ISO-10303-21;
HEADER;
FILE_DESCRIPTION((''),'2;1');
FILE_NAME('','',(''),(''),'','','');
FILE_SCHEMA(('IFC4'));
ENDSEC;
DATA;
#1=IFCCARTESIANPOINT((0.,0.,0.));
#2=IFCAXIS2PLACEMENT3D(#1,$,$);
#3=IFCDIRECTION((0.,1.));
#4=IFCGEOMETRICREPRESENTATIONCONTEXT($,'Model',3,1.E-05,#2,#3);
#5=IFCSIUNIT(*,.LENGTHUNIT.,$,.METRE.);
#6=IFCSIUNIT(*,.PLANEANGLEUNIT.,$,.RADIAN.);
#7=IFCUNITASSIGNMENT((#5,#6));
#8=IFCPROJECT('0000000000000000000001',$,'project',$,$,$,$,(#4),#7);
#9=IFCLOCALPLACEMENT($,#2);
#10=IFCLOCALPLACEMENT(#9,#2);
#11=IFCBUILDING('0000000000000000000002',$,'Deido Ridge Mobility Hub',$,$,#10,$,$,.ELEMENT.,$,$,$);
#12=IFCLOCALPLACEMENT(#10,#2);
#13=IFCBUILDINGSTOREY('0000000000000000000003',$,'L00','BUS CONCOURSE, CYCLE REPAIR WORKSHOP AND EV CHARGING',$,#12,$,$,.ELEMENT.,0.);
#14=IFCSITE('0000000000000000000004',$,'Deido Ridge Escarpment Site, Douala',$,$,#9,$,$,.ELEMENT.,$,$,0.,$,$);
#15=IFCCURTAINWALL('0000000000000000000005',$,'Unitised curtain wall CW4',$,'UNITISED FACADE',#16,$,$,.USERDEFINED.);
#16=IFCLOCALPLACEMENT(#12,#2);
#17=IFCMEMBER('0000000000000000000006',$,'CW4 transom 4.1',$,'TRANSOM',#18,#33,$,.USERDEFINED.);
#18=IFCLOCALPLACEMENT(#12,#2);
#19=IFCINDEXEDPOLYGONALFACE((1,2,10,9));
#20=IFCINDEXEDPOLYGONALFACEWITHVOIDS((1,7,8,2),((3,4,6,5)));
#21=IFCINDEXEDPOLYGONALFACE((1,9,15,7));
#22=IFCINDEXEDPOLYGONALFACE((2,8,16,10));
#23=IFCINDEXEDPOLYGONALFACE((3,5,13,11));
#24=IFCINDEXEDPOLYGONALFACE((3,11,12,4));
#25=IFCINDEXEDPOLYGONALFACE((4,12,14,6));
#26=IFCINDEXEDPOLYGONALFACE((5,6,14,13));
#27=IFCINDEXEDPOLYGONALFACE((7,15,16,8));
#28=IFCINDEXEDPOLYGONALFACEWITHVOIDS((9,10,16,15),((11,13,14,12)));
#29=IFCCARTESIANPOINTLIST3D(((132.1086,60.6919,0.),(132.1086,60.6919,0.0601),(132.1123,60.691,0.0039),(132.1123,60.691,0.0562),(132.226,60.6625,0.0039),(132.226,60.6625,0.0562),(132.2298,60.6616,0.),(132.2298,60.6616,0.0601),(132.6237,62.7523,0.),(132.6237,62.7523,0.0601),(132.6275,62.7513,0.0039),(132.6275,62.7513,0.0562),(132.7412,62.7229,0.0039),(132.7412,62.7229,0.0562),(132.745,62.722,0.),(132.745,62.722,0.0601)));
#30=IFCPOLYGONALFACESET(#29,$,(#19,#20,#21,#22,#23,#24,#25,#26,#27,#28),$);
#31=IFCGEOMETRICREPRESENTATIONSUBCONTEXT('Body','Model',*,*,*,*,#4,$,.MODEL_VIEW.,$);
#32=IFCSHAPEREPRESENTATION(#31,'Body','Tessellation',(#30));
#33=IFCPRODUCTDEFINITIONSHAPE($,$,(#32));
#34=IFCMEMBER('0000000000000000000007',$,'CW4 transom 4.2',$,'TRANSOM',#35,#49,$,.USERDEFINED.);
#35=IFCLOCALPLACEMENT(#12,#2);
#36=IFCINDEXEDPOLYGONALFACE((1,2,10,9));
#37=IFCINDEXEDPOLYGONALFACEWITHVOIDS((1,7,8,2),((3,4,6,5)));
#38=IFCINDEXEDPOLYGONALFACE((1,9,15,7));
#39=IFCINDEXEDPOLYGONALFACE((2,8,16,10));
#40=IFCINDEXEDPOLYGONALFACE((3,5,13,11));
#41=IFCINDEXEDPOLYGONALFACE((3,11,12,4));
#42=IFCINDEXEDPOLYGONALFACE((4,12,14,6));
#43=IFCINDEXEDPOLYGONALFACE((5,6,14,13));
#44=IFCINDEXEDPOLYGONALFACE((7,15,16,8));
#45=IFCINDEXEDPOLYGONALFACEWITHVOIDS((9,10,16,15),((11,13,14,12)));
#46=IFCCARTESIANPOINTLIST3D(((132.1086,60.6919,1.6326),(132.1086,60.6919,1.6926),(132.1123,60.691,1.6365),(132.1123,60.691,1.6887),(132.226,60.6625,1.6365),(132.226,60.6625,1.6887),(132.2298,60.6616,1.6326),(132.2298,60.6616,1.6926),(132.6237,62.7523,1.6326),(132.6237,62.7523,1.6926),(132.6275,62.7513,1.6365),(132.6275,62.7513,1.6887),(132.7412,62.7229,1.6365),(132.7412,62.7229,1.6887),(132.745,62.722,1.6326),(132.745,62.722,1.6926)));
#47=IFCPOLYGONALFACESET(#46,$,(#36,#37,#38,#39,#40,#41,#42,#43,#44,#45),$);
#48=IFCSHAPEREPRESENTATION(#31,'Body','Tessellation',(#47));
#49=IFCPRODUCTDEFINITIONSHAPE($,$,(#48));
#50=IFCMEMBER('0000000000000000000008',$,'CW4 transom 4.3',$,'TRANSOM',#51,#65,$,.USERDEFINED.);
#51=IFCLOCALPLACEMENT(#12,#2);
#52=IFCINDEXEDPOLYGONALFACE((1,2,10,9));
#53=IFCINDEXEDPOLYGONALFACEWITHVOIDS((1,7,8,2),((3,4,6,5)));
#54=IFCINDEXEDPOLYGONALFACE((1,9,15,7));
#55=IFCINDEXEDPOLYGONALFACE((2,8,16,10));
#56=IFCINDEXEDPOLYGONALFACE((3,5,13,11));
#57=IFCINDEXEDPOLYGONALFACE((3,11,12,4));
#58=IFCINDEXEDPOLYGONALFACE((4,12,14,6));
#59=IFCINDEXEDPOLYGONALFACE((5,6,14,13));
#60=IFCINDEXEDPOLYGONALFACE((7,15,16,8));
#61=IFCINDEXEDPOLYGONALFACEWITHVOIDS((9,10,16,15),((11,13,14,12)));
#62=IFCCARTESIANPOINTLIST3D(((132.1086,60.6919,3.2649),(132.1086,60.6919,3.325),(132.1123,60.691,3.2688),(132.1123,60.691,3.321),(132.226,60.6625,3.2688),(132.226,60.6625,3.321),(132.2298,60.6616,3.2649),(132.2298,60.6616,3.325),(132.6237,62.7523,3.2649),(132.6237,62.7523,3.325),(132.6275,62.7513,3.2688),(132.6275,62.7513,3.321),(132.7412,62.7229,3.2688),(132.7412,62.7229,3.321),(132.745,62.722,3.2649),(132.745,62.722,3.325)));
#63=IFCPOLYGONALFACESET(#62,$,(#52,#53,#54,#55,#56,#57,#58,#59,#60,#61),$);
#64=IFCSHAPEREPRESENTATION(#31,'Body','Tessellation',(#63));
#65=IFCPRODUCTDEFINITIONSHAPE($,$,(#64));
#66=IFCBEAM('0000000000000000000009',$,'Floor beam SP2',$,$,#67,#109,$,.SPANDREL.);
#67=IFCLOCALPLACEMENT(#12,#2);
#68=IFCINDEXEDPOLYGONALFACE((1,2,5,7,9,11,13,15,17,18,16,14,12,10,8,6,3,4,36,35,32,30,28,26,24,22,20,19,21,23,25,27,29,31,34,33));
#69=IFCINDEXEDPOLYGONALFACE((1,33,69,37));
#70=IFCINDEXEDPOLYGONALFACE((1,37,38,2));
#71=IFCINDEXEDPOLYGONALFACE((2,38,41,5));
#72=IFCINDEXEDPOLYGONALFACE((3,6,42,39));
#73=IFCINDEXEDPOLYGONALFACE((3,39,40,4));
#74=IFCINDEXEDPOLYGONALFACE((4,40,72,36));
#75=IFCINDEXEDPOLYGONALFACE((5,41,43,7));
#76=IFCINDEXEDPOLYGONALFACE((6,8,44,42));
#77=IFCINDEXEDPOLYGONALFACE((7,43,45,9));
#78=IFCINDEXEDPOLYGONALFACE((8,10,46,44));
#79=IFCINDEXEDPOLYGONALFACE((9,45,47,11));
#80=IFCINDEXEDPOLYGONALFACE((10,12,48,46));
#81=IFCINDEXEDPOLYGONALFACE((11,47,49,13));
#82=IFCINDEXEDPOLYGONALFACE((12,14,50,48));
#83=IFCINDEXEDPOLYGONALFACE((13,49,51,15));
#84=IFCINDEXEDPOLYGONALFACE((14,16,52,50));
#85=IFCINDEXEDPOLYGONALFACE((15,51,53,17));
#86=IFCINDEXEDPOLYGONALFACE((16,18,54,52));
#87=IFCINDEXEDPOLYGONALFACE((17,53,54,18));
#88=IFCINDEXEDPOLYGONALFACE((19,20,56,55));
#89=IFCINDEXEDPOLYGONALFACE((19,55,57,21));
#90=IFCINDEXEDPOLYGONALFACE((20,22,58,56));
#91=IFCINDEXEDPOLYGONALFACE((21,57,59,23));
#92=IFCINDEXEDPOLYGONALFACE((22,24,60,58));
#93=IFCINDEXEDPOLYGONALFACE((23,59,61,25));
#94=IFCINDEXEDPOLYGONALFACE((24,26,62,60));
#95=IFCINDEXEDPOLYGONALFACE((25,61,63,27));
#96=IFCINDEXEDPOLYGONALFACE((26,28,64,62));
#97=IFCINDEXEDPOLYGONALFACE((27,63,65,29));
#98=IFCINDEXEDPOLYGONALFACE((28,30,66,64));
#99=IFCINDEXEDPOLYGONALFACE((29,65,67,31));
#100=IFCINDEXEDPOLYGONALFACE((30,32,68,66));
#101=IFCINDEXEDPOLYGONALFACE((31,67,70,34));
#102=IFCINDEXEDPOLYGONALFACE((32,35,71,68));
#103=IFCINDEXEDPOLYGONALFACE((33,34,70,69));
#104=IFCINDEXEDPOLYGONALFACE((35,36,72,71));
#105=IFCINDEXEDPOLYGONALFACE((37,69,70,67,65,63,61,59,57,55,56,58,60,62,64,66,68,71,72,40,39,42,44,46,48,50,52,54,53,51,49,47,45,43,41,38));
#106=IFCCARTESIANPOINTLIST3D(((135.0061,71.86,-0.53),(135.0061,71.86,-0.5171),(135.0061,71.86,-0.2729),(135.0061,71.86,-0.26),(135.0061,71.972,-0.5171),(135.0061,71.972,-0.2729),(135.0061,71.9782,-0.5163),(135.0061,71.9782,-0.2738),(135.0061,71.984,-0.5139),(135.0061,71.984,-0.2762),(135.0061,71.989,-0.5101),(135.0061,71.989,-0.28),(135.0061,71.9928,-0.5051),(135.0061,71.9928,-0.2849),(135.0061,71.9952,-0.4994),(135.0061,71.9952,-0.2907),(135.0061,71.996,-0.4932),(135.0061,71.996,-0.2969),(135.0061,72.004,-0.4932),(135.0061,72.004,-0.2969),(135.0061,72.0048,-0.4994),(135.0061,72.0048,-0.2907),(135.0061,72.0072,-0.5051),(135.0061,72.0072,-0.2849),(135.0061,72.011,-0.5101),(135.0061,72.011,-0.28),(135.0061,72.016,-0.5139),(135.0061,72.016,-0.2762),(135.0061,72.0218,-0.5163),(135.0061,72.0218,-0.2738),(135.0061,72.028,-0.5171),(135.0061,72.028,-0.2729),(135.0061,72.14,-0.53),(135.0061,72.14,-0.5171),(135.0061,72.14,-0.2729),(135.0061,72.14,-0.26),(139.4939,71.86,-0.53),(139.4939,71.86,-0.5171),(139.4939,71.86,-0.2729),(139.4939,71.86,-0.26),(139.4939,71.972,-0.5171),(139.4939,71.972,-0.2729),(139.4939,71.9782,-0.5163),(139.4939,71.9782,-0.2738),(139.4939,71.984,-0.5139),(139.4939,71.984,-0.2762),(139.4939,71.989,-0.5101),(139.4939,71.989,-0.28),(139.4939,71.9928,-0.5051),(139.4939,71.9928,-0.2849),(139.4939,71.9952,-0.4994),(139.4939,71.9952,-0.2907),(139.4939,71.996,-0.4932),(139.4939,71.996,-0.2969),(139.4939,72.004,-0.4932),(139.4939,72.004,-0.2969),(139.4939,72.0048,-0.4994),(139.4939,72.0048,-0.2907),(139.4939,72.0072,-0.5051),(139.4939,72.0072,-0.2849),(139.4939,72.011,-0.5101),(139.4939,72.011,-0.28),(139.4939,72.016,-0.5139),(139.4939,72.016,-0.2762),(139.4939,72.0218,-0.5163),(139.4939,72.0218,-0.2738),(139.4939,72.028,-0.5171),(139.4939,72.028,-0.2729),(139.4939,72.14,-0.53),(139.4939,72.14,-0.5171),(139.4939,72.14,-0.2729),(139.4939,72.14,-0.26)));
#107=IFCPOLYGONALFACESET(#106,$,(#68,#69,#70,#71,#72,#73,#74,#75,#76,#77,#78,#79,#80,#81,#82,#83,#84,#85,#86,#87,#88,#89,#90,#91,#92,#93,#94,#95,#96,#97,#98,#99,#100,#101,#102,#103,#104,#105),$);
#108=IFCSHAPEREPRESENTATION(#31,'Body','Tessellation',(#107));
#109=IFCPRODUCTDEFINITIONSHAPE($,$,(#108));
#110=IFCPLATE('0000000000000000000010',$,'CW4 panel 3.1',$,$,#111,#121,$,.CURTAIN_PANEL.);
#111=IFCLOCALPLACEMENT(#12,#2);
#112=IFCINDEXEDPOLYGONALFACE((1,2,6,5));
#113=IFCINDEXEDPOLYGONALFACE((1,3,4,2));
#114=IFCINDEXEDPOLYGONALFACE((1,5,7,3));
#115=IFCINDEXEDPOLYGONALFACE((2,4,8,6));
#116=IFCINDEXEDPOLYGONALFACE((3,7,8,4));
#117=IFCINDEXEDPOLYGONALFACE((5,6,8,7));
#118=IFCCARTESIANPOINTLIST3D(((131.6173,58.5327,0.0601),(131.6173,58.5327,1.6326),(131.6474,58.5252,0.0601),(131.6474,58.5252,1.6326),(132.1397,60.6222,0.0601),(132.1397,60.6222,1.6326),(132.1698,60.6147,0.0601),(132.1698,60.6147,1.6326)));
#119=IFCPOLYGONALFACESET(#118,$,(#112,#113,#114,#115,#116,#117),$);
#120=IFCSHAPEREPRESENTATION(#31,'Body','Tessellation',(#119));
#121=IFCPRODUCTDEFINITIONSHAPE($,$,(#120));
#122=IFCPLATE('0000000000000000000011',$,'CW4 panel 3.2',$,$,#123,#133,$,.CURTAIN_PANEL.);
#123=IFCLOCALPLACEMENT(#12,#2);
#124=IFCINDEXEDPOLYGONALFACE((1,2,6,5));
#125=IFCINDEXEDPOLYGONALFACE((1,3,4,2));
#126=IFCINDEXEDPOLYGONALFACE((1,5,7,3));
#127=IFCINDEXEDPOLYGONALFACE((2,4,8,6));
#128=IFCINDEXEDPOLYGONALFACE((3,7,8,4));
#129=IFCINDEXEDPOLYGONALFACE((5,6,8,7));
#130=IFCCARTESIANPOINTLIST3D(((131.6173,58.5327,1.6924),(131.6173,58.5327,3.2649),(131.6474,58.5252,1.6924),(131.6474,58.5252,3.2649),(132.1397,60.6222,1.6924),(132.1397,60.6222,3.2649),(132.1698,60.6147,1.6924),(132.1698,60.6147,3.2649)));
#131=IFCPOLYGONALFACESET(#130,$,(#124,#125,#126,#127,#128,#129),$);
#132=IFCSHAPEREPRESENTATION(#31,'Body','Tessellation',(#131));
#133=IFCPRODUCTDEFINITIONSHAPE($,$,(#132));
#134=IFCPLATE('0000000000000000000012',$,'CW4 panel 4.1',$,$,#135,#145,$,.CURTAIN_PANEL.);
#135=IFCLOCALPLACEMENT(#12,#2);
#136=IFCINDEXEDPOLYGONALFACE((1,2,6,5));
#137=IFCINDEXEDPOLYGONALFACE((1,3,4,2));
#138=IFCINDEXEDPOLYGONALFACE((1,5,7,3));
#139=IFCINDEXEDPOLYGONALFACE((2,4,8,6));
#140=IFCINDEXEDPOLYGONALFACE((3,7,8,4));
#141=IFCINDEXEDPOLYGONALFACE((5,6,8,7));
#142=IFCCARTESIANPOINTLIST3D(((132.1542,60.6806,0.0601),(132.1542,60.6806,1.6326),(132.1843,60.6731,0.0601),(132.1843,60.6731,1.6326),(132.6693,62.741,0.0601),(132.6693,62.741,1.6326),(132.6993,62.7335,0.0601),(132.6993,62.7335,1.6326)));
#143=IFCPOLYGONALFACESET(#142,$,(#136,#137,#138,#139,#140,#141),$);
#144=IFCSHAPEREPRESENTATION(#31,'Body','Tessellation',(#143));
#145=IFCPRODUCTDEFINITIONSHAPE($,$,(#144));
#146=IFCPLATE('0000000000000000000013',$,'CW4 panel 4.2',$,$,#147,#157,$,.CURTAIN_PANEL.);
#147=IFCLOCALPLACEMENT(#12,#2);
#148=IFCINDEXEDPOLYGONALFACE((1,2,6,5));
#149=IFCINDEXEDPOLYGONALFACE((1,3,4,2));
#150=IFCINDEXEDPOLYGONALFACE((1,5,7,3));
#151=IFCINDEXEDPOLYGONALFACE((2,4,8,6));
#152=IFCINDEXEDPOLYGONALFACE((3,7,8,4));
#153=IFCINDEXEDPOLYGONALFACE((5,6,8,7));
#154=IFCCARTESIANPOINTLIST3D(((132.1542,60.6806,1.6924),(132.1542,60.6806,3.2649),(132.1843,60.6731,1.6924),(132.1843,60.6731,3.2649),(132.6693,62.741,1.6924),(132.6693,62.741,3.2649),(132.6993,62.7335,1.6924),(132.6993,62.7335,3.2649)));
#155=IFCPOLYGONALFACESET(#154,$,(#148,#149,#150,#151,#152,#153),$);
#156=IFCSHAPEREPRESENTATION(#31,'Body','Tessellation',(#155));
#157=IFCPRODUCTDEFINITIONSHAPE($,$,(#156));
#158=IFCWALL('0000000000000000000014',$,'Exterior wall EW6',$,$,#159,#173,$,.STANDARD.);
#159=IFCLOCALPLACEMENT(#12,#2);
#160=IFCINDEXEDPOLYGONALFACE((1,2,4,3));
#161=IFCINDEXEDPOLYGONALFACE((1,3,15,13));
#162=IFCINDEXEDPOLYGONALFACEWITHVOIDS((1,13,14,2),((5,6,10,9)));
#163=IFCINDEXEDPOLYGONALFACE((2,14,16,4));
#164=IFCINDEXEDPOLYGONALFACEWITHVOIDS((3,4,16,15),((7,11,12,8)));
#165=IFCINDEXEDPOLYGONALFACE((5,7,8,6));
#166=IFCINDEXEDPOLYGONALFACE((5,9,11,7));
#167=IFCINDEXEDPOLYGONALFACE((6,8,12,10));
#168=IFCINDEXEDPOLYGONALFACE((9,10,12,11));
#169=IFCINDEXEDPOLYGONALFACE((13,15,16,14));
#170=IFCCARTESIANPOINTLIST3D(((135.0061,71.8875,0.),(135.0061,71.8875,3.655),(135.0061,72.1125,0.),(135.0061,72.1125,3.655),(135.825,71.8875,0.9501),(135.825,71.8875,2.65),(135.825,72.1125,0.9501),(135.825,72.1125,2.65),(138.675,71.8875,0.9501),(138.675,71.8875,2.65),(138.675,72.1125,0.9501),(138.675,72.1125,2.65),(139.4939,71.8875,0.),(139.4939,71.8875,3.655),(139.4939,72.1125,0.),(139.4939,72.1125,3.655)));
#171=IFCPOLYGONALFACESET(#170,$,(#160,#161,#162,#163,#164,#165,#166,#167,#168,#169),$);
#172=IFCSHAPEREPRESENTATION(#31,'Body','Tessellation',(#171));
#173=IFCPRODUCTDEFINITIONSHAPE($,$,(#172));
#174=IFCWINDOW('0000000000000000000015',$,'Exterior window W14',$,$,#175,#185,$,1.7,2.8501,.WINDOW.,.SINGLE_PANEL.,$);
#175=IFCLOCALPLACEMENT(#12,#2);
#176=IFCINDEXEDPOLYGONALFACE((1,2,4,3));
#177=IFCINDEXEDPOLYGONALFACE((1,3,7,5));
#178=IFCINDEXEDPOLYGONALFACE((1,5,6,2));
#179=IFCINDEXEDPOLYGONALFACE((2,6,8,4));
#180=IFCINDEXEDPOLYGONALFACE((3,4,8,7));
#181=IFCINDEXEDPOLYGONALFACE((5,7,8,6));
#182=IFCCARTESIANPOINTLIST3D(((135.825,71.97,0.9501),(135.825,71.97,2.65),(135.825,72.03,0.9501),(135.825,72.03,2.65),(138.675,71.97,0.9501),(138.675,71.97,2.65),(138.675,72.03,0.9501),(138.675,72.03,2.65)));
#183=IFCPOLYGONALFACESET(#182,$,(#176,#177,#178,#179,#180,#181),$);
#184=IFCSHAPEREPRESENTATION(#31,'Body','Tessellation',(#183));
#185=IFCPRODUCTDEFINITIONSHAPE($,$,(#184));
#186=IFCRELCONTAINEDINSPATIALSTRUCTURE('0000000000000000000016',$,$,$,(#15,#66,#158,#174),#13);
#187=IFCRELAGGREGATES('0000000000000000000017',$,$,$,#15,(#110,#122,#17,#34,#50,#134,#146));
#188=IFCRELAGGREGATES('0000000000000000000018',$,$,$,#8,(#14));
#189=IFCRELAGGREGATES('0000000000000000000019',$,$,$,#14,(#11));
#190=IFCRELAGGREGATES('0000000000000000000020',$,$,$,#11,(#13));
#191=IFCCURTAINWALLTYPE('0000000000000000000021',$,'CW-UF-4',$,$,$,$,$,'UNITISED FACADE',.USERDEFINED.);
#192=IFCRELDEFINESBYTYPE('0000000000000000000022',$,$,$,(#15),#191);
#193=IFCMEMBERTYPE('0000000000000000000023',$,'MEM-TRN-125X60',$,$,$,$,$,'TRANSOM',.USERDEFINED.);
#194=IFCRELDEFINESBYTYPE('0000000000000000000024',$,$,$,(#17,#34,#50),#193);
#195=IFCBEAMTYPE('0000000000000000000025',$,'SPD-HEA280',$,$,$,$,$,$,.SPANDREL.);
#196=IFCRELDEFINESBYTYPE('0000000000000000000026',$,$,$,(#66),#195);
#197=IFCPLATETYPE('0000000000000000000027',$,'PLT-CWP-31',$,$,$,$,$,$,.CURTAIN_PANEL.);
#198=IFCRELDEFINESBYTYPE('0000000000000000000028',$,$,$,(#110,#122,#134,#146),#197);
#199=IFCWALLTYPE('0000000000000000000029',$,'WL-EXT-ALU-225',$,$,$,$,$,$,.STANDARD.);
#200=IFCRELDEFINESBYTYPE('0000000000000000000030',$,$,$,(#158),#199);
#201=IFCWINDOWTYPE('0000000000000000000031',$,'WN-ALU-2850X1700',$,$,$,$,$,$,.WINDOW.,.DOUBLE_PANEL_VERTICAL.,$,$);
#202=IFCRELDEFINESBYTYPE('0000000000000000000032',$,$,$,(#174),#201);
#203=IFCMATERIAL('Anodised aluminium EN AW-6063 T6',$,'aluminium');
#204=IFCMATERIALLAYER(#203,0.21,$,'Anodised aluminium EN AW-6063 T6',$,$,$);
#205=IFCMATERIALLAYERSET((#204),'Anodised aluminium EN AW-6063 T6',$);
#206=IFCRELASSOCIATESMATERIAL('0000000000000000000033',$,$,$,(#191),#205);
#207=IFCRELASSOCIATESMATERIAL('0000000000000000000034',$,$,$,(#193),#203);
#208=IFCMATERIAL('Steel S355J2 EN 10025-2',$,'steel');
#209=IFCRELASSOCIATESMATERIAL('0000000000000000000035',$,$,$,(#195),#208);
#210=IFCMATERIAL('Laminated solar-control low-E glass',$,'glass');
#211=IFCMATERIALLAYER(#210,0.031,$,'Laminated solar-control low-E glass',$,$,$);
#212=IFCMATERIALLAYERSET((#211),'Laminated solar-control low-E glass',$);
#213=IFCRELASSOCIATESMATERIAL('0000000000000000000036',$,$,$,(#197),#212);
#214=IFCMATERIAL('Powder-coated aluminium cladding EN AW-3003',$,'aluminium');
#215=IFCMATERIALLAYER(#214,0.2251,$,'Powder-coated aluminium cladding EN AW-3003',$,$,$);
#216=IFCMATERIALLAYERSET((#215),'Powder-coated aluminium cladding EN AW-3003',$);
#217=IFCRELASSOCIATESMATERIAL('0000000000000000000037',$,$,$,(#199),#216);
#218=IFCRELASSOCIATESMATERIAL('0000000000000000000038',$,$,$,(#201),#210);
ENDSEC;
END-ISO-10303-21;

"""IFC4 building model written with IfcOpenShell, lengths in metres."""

from ifc_helpers import new_model, si_unit, direction, frame, frame_2d, origin, origin_2d, place, context, subcontext, project, spatial, rectangle, hollow_rectangle, i_section, extrude, material, layer, layer_set, material_profile, profile_set, type_object, element, fill, aggregate, save


model = new_model("IFC4")

# Units and contexts
model_context = context("Model", 3, precision=1e-05, world=origin(), true_north=direction((0.0, 1.0)))
body_context = subcontext(model_context, "Body", "Model", "MODEL_VIEW")
ifc_project = project(units=[si_unit("LENGTHUNIT", "METRE"), si_unit("PLANEANGLEUNIT", "RADIAN")], contexts=[model_context])

# Site, building, storey
site_placement = place(None, origin())
site = spatial("IfcSite", under=ifc_project, at=site_placement, Name="Deido Ridge Escarpment Site, Douala", CompositionType="ELEMENT", RefElevation=0.0)
building_placement = place(site_placement, origin())
building = spatial("IfcBuilding", under=site, at=building_placement, Name="Deido Ridge Mobility Hub", CompositionType="ELEMENT")
storey_placement = place(building_placement, origin())
storey = spatial("IfcBuildingStorey", under=building, at=storey_placement, Name="L00", Description="BUS CONCOURSE, CYCLE REPAIR WORKSHOP AND EV CHARGING", CompositionType="ELEMENT", Elevation=0.0)

# Shared definitions
ifc_material_1 = material(Name="Steel S355J2 EN 10025-2", Category="steel")

# Curtain wall, members
ifc_material_2 = material(Name="Anodised aluminium EN AW-6063 T6", Category="aluminium")
ifc_layer_1 = layer(ifc_material_2, 0.21, Name="Anodised aluminium EN AW-6063 T6")
ifc_layer_set_1 = layer_set([ifc_layer_1], Name="Anodised aluminium EN AW-6063 T6")
curtain_wall_type = type_object("IfcCurtainWallType", Name="CW-UF-4", ElementType="UNITISED FACADE", PredefinedType="USERDEFINED", material=ifc_layer_set_1)
curtain_wall_placement = place(storey_placement, origin())
curtain_wall = element("IfcCurtainWall", 1, at=curtain_wall_placement, inside=storey, type_object=curtain_wall_type, Name="Unitised curtain wall CW4", ObjectType="UNITISED FACADE", PredefinedType="USERDEFINED")
ifc_material_profile_1 = material_profile(ifc_material_2, hollow_rectangle(XDim=0.125, YDim=0.0601, WallThickness=0.0039, at=origin_2d()), Name="RHS 125x60x4")
ifc_profile_set_1 = profile_set([ifc_material_profile_1], Name="Anodised aluminium EN AW-6063 T6")
member_type_1 = type_object("IfcMemberType", Name="MEM-TRN-125X60", ElementType="TRANSOM", PredefinedType="USERDEFINED", material=ifc_profile_set_1)
member_1_placement = place(storey_placement, frame((132.1692, 60.6768, 0.03), z_axis=(0.242563, 0.970136, 0.0), x_axis=(-0.970136, 0.242563, 0.0)))
member_1 = element("IfcMember", 2, at=member_1_placement, type_object=member_type_1, Name="CW4 transom 4.1", ObjectType="TRANSOM", PredefinedType="USERDEFINED", context=body_context, shape_type="SweptSolid", body=[
    extrude(hollow_rectangle(XDim=0.125, YDim=0.0601, WallThickness=0.0039, at=origin_2d()), origin(), (0.0, 0.0, 1.0), 2.1238),
])
member_2_placement = place(storey_placement, frame((132.1692, 60.6768, 1.6626), z_axis=(0.242563, 0.970136, 0.0), x_axis=(-0.970136, 0.242563, 0.0)))
member_2 = element("IfcMember", 3, at=member_2_placement, type_object=member_type_1, Name="CW4 transom 4.2", ObjectType="TRANSOM", PredefinedType="USERDEFINED", context=body_context, shape_type="SweptSolid", body=[
    extrude(hollow_rectangle(XDim=0.125, YDim=0.0601, WallThickness=0.0039, at=origin_2d()), origin(), (0.0, 0.0, 1.0), 2.1238),
])
member_3_placement = place(storey_placement, frame((132.1692, 60.6768, 3.2949), z_axis=(0.242563, 0.970136, 0.0), x_axis=(-0.970136, 0.242563, 0.0)))
member_3 = element("IfcMember", 4, at=member_3_placement, type_object=member_type_1, Name="CW4 transom 4.3", ObjectType="TRANSOM", PredefinedType="USERDEFINED", context=body_context, shape_type="SweptSolid", body=[
    extrude(hollow_rectangle(XDim=0.125, YDim=0.0601, WallThickness=0.0039, at=origin_2d()), origin(), (0.0, 0.0, 1.0), 2.1238),
])

# Beam
ifc_material_profile_2 = material_profile(ifc_material_1, i_section(OverallWidth=0.28, OverallDepth=0.27, WebThickness=0.0081, FlangeThickness=0.0129, FilletRadius=0.0239, at=origin_2d()), Name="HEA 280")
ifc_profile_set_2 = profile_set([ifc_material_profile_2], Name="Steel S355J2 EN 10025-2")
beam_type_1 = type_object("IfcBeamType", Name="SPD-HEA280", PredefinedType="SPANDREL", material=ifc_profile_set_2)
beam_1_placement = place(storey_placement, frame((135.0061, 72.0, -0.395), z_axis=(1.0, 0.0, 0.0), x_axis=(0.0, 1.0, 0.0)))
element("IfcBeam", 5, at=beam_1_placement, inside=storey, type_object=beam_type_1, Name="Floor beam SP2", PredefinedType="SPANDREL", context=body_context, shape_type="SweptSolid", body=[
    extrude(i_section(OverallWidth=0.28, OverallDepth=0.27, WebThickness=0.0081, FlangeThickness=0.0129, FilletRadius=0.0239, at=origin_2d()), origin(), (0.0, 0.0, 1.0), 4.4878),
])

# Plates
ifc_material_3 = material(Name="Laminated solar-control low-E glass", Category="glass")
ifc_layer_2 = layer(ifc_material_3, 0.031, Name="Laminated solar-control low-E glass")
ifc_layer_set_2 = layer_set([ifc_layer_2], Name="Laminated solar-control low-E glass")
plate_type = type_object("IfcPlateType", Name="PLT-CWP-31", PredefinedType="CURTAIN_PANEL", material=ifc_layer_set_2)
plate_1_placement = place(storey_placement, frame((131.8936, 59.5737, 0.0601), z_axis=(0.0, 0.0, 1.0), x_axis=(0.24253, 0.970144, 0.0)))
plate_1 = element("IfcPlate", 6, at=plate_1_placement, type_object=plate_type, Name="CW4 panel 3.1", PredefinedType="CURTAIN_PANEL", context=body_context, shape_type="SweptSolid", body=[
    extrude(rectangle(XDim=2.1538, YDim=0.031, at=origin_2d()), origin(), (0.0, 0.0, 1.0), 1.5725),
])
plate_2_placement = place(storey_placement, frame((131.8936, 59.5737, 1.6924), z_axis=(0.0, 0.0, 1.0), x_axis=(0.24253, 0.970144, 0.0)))
plate_2 = element("IfcPlate", 7, at=plate_2_placement, type_object=plate_type, Name="CW4 panel 3.2", PredefinedType="CURTAIN_PANEL", context=body_context, shape_type="SweptSolid", body=[
    extrude(rectangle(XDim=2.1538, YDim=0.031, at=origin_2d()), origin(), (0.0, 0.0, 1.0), 1.5725),
])
plate_3_placement = place(storey_placement, frame((132.4268, 61.707, 0.0601), z_axis=(0.0, 0.0, 1.0), x_axis=(0.24253, 0.970144, 0.0)))
plate_3 = element("IfcPlate", 8, at=plate_3_placement, type_object=plate_type, Name="CW4 panel 4.1", PredefinedType="CURTAIN_PANEL", context=body_context, shape_type="SweptSolid", body=[
    extrude(rectangle(XDim=2.1238, YDim=0.031, at=origin_2d()), origin(), (0.0, 0.0, 1.0), 1.5725),
])
plate_4_placement = place(storey_placement, frame((132.4268, 61.707, 1.6924), z_axis=(0.0, 0.0, 1.0), x_axis=(0.24253, 0.970144, 0.0)))
plate_4 = element("IfcPlate", 9, at=plate_4_placement, type_object=plate_type, Name="CW4 panel 4.2", PredefinedType="CURTAIN_PANEL", context=body_context, shape_type="SweptSolid", body=[
    extrude(rectangle(XDim=2.1238, YDim=0.031, at=origin_2d()), origin(), (0.0, 0.0, 1.0), 1.5725),
])
aggregate(curtain_wall, [plate_1, plate_2, member_1, member_2, member_3, plate_3, plate_4])

# Wall, opening, window
ifc_material_4 = material(Name="Powder-coated aluminium cladding EN AW-3003", Category="aluminium")
ifc_layer_3 = layer(ifc_material_4, 0.2251, Name="Powder-coated aluminium cladding EN AW-3003")
ifc_layer_set_3 = layer_set([ifc_layer_3], Name="Powder-coated aluminium cladding EN AW-3003")
wall_type_1 = type_object("IfcWallType", Name="WL-EXT-ALU-225", PredefinedType="STANDARD", material=ifc_layer_set_3)
wall_1_placement = place(storey_placement, frame((135.0061, 72.0, 0.0), z_axis=(0.0, 0.0, 1.0), x_axis=(1.0, 0.0, 0.0)))
wall_1 = element("IfcWall", 10, at=wall_1_placement, inside=storey, type_object=wall_type_1, Name="Exterior wall EW6", PredefinedType="STANDARD", context=body_context, shape_type="SweptSolid", body=[
    extrude(rectangle(XDim=4.4878, YDim=0.2251, at=frame_2d((2.2439, 0.0))), origin(), (0.0, 0.0, 1.0), 3.655),
])
opening_1_placement = place(wall_1_placement, frame((0.8188, 0.0, 0.95)))
opening_1 = element("IfcOpeningElement", 11, at=opening_1_placement, cuts=wall_1, PredefinedType="OPENING", context=body_context, shape_type="SweptSolid", body=[
    extrude(rectangle(XDim=2.8501, YDim=1.7, at=frame_2d((1.425, 0.8501))), frame((0.0, 0.1226, 0.0), z_axis=(0.0, -1.0, 0.0), x_axis=(1.0, 0.0, 0.0)), (0.0, 0.0, 1.0), 0.2451),
])
window_type_1 = type_object("IfcWindowType", Name="WN-ALU-2850X1700", PartitioningType="DOUBLE_PANEL_VERTICAL", PredefinedType="WINDOW", material=ifc_material_3)
window_1_placement = place(opening_1_placement, origin())
window_1 = element("IfcWindow", 12, at=window_1_placement, inside=storey, type_object=window_type_1, Name="Exterior window W14", OverallHeight=1.7, OverallWidth=2.8501, PartitioningType="SINGLE_PANEL", PredefinedType="WINDOW", context=body_context, shape_type="SweptSolid", body=[
    extrude(rectangle(XDim=2.8501, YDim=1.7, at=frame_2d((1.425, 0.8501))), frame((0.0, 0.03, 0.0), z_axis=(0.0, -1.0, 0.0), x_axis=(1.0, 0.0, 0.0)), (0.0, 0.0, 1.0), 0.0601),
])
fill(opening_1, window_1)

save(model, "model.ifc")
